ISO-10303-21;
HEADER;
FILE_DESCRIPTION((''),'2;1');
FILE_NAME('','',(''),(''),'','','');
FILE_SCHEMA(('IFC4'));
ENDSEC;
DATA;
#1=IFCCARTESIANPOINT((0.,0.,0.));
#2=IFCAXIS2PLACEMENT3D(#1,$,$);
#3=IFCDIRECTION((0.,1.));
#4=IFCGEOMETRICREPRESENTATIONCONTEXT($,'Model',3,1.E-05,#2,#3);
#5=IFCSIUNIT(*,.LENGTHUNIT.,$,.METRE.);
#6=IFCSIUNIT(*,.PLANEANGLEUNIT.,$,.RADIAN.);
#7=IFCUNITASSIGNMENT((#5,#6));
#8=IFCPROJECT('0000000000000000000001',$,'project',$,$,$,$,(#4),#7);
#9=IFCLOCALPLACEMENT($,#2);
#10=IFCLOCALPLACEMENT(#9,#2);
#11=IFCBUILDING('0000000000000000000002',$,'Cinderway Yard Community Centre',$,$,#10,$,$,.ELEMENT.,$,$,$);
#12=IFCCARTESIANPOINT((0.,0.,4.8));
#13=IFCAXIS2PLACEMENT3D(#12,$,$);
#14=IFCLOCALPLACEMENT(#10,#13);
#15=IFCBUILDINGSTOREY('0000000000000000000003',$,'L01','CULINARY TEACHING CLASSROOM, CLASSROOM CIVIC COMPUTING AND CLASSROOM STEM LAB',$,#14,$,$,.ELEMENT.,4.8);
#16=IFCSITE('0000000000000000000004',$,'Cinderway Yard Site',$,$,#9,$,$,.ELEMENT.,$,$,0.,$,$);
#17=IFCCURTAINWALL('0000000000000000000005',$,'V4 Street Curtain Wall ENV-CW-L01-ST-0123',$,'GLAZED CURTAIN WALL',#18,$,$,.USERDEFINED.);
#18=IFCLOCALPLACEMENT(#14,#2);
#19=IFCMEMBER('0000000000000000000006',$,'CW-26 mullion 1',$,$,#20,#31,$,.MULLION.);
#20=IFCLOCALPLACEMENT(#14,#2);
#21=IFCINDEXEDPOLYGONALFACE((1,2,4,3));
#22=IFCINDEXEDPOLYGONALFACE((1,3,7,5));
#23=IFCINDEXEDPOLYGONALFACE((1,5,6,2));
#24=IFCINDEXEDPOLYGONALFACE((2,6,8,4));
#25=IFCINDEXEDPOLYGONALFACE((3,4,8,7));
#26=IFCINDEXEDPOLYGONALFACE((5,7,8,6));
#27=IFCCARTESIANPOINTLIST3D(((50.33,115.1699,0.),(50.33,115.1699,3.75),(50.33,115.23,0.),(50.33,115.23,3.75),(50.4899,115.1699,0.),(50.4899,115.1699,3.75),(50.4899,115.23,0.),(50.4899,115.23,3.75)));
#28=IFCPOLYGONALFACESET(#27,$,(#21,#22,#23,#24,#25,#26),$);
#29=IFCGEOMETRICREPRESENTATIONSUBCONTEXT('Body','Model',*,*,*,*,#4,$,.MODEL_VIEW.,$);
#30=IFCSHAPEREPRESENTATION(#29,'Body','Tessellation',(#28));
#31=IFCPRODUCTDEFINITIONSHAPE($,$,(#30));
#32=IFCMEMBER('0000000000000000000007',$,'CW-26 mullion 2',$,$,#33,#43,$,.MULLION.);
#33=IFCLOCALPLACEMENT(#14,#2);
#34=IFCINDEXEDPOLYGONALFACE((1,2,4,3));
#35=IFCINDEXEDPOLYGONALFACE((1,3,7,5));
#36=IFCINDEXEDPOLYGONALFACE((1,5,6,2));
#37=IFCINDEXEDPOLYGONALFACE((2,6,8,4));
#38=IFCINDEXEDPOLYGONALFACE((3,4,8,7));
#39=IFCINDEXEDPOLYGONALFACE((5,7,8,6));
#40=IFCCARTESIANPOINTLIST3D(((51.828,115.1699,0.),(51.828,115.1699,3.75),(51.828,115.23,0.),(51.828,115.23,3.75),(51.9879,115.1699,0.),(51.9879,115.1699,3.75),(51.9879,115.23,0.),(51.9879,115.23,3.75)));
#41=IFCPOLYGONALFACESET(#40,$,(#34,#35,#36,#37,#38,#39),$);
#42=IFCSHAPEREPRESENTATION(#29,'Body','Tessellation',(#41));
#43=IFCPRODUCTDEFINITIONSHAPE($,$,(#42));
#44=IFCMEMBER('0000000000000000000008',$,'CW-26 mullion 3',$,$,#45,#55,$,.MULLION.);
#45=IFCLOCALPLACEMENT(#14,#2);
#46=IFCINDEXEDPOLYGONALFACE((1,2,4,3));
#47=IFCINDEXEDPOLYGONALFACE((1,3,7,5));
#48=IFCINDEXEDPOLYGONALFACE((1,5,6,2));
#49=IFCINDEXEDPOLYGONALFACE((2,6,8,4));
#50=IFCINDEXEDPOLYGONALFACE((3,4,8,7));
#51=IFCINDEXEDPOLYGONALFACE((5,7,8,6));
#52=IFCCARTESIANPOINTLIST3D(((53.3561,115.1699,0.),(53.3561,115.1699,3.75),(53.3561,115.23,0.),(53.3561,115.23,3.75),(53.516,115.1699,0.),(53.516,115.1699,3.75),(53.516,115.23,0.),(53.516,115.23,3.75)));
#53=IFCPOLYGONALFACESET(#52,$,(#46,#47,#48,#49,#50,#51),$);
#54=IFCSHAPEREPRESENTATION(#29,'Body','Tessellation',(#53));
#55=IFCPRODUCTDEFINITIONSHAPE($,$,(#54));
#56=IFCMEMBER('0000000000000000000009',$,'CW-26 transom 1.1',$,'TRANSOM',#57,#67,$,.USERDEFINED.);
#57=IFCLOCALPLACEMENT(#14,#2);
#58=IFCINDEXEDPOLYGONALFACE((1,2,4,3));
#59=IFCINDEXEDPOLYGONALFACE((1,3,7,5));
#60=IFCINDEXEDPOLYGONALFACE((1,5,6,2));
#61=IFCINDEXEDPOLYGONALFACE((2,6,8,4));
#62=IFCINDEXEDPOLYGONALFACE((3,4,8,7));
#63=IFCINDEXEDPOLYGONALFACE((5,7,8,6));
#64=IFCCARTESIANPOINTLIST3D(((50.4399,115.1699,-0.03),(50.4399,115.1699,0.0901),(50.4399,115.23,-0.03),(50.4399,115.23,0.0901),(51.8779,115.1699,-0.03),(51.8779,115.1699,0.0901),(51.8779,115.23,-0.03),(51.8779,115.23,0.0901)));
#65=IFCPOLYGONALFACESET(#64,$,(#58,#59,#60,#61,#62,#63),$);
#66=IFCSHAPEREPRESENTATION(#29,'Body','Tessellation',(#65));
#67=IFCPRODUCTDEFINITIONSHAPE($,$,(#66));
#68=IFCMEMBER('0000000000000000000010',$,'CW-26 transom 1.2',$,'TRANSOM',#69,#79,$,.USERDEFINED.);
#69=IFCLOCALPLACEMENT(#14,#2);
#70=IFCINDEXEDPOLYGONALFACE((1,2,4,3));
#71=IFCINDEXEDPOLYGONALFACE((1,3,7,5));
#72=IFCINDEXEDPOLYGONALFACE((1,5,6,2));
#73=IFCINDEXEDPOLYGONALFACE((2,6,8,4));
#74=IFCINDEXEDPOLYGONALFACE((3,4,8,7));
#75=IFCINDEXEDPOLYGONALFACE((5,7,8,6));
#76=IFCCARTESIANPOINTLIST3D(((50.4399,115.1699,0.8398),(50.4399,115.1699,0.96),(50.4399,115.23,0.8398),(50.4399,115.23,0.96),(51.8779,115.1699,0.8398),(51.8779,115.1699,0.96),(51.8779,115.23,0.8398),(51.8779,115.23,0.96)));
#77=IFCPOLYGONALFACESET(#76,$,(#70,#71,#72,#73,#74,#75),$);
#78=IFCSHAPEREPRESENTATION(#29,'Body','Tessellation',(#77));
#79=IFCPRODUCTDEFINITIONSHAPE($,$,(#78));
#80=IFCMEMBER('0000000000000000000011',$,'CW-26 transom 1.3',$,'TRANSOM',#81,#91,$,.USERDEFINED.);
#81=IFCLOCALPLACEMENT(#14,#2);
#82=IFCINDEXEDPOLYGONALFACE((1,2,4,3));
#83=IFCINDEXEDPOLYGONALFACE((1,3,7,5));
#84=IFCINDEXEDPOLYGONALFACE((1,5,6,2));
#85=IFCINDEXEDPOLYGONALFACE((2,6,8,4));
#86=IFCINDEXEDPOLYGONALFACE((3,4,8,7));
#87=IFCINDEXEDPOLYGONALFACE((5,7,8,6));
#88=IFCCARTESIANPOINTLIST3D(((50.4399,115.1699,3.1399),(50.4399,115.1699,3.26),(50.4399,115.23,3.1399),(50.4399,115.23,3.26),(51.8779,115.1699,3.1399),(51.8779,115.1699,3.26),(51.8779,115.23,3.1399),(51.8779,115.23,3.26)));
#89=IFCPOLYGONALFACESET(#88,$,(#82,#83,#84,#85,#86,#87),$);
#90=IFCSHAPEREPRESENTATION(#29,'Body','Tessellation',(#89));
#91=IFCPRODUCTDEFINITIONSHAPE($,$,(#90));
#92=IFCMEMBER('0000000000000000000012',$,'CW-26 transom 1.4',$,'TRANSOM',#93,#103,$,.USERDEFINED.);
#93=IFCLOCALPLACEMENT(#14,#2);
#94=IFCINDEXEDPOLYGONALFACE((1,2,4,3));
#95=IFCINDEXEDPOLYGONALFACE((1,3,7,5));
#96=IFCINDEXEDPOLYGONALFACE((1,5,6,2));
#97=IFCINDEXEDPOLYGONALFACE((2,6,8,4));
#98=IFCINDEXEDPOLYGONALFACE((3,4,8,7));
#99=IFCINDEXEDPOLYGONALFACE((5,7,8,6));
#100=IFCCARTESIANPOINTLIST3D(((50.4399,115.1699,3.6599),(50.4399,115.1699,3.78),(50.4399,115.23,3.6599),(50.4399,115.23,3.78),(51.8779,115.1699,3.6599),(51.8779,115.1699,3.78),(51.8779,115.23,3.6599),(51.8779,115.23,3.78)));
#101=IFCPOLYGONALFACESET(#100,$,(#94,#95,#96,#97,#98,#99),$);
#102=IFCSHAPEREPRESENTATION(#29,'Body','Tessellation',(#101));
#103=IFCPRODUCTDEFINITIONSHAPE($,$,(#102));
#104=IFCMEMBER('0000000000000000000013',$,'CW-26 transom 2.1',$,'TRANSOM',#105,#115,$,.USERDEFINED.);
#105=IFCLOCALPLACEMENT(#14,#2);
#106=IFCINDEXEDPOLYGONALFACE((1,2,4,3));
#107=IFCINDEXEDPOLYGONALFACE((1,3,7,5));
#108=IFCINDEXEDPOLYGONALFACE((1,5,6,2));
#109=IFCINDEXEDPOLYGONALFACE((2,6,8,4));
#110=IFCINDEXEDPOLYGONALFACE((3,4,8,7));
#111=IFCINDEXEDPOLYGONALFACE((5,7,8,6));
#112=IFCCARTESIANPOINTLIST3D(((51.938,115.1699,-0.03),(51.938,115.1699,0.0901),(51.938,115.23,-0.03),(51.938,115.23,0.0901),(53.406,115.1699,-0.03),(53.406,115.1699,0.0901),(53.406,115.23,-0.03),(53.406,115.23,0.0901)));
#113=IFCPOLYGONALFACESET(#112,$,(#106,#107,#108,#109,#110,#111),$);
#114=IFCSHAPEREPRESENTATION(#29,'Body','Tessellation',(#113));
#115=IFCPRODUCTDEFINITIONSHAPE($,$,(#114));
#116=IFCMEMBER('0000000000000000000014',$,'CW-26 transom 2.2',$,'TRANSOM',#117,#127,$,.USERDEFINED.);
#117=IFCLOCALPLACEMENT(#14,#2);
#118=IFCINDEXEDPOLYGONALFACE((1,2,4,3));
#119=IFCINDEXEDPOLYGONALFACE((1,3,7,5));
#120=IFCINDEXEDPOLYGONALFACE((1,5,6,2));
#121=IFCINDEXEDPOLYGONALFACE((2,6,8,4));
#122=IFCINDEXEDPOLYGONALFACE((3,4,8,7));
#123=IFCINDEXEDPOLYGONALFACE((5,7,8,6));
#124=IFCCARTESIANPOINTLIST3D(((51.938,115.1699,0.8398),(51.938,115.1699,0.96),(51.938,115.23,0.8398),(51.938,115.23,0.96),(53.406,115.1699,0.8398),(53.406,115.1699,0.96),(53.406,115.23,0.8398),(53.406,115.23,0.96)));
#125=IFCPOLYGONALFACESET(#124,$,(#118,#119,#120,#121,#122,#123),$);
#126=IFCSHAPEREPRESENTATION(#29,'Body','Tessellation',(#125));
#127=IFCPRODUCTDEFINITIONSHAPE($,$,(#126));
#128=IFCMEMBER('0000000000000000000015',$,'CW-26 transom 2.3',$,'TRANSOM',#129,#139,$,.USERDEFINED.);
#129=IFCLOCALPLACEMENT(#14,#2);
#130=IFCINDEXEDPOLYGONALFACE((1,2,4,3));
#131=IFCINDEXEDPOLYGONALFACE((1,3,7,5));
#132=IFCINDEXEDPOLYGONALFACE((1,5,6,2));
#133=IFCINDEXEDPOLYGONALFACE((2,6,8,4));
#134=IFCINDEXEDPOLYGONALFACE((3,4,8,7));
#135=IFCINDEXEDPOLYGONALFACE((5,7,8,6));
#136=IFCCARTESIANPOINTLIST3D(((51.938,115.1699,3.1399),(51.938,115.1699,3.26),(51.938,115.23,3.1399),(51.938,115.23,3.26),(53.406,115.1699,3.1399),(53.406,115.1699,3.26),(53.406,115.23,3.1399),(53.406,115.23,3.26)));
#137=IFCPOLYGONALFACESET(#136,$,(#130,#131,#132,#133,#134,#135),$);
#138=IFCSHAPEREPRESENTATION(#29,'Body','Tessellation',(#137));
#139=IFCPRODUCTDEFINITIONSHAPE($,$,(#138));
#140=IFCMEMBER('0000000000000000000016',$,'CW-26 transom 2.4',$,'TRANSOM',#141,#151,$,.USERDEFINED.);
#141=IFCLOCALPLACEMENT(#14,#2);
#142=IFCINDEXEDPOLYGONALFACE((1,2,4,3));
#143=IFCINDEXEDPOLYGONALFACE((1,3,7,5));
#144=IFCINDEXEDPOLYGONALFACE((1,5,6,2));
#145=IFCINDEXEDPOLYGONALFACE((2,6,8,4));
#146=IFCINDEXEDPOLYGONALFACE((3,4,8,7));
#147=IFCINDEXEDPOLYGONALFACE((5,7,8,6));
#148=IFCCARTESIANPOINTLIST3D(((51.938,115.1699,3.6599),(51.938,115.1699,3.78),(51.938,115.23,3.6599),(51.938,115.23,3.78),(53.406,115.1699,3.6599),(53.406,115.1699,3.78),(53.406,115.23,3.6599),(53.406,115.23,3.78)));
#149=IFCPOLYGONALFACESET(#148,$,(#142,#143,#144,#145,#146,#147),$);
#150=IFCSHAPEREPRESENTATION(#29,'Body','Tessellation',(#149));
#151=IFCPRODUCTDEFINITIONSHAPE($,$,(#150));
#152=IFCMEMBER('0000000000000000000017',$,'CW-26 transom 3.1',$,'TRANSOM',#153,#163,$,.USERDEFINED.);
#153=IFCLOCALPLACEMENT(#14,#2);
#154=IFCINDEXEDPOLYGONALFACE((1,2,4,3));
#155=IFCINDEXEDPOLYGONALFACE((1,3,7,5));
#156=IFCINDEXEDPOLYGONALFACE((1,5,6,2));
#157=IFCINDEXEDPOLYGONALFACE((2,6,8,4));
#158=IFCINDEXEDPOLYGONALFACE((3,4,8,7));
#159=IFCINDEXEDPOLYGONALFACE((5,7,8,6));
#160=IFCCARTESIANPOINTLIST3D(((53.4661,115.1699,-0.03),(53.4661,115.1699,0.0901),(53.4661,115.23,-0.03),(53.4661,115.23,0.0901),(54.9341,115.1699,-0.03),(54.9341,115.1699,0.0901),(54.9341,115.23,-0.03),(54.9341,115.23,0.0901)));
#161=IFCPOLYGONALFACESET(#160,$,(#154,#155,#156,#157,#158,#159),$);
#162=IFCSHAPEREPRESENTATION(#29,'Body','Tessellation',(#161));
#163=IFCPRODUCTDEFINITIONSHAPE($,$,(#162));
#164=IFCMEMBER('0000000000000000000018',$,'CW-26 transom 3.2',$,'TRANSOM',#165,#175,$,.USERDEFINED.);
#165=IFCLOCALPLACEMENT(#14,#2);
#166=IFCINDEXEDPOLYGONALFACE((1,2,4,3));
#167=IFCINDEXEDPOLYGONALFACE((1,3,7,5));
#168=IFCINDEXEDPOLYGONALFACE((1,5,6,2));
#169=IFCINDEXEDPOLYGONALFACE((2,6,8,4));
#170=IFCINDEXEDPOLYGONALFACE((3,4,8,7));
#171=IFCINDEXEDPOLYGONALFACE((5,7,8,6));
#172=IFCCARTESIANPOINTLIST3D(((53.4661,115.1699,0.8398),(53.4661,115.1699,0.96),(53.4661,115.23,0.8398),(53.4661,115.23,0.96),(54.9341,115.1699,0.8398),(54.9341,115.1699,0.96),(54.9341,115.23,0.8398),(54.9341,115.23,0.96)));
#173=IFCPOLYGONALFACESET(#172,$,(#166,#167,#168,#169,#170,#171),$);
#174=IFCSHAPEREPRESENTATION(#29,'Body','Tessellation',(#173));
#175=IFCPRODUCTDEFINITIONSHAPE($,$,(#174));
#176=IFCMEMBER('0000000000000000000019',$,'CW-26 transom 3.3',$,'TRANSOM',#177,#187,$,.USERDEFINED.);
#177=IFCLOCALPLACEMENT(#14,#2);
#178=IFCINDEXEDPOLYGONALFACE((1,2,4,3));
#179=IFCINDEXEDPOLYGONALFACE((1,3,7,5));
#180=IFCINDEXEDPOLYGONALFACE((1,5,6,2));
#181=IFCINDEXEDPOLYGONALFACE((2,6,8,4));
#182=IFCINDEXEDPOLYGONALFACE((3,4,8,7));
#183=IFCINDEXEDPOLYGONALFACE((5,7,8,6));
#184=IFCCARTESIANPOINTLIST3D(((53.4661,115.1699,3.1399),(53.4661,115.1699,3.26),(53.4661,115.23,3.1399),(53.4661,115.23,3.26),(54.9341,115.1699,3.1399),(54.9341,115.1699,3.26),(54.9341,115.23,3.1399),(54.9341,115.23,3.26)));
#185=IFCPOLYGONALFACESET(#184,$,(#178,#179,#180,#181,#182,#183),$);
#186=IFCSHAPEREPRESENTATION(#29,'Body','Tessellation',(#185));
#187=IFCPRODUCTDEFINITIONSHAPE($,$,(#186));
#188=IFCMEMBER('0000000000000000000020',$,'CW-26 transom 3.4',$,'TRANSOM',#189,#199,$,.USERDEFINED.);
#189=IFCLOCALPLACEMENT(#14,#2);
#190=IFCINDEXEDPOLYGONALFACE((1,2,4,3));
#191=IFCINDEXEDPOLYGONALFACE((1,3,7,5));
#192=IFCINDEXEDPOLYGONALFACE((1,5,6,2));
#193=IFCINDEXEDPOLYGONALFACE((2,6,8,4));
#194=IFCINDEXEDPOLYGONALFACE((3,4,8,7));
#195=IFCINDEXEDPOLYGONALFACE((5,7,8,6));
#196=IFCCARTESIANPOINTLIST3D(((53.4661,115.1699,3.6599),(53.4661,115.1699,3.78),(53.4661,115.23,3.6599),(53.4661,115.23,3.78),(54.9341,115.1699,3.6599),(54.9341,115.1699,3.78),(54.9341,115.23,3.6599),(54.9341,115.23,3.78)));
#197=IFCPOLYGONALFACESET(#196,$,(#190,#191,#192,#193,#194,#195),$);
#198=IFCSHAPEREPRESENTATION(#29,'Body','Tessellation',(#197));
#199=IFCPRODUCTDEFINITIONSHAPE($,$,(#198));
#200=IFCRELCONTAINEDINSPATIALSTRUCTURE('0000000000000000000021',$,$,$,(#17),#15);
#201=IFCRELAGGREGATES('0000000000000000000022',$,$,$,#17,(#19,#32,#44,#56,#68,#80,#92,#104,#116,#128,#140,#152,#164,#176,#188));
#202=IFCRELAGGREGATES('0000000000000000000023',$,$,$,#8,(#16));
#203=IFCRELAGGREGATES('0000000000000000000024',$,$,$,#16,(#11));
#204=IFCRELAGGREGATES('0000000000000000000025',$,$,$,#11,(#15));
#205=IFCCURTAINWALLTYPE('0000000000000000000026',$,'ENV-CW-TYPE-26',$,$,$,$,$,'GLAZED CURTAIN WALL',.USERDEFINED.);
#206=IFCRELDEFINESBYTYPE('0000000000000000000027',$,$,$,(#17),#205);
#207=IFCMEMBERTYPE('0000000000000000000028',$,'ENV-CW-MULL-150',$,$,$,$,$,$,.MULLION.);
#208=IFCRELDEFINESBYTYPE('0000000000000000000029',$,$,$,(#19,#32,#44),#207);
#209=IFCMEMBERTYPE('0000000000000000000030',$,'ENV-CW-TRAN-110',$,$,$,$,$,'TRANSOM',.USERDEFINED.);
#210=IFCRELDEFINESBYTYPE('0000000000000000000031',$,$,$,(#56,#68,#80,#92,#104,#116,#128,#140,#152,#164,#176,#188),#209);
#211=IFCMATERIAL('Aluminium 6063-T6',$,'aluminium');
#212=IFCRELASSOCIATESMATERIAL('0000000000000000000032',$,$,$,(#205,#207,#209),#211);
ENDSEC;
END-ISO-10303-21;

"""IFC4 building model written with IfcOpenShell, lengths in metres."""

from ifc_helpers import new_model, si_unit, direction, frame, origin, origin_2d, place, context, subcontext, project, spatial, rectangle, extrude, material, material_profile, profile_set, type_object, element, aggregate, save


model = new_model("IFC4")

# Units and contexts
model_context = context("Model", 3, precision=1e-05, world=origin(), true_north=direction((0.0, 1.0)))
body_context = subcontext(model_context, "Body", "Model", "MODEL_VIEW")
ifc_project = project(units=[si_unit("LENGTHUNIT", "METRE"), si_unit("PLANEANGLEUNIT", "RADIAN")], contexts=[model_context])

# Site, building, storey
site_placement = place(None, origin())
site = spatial("IfcSite", under=ifc_project, at=site_placement, Name="Cinderway Yard Site", CompositionType="ELEMENT", RefElevation=0.0)
building_placement = place(site_placement, origin())
building = spatial("IfcBuilding", under=site, at=building_placement, Name="Cinderway Yard Community Centre", CompositionType="ELEMENT")
storey_placement = place(building_placement, frame((0.0, 0.0, 4.8)))
storey = spatial("IfcBuildingStorey", under=building, at=storey_placement, Name="L01", Description="CULINARY TEACHING CLASSROOM, CLASSROOM CIVIC COMPUTING AND CLASSROOM STEM LAB", CompositionType="ELEMENT", Elevation=4.8)

# Curtain wall, members
ifc_material_1 = material(Name="Aluminium 6063-T6", Category="aluminium")
curtain_wall_type = type_object("IfcCurtainWallType", Name="ENV-CW-TYPE-26", ElementType="GLAZED CURTAIN WALL", PredefinedType="USERDEFINED", material=ifc_material_1)
curtain_wall_placement = place(storey_placement, origin())
curtain_wall = element("IfcCurtainWall", 1, at=curtain_wall_placement, inside=storey, type_object=curtain_wall_type, Name="V4 Street Curtain Wall ENV-CW-L01-ST-0123", ObjectType="GLAZED CURTAIN WALL", PredefinedType="USERDEFINED")
ifc_material_profile_1 = material_profile(ifc_material_1, rectangle(XDim=0.0601, YDim=0.1599, at=origin_2d()), Name="Aluminium 6063-T6")
ifc_profile_set_1 = profile_set([ifc_material_profile_1], Name="Aluminium 6063-T6")
member_type_1 = type_object("IfcMemberType", Name="ENV-CW-MULL-150", PredefinedType="MULLION", material=ifc_profile_set_1)
member_1_placement = place(storey_placement, frame((50.4099, 115.2, 0.0), z_axis=(0.0, 0.0, 1.0), x_axis=(0.0, 1.0, 0.0)))
member_1 = element("IfcMember", 2, at=member_1_placement, type_object=member_type_1, Name="CW-26 mullion 1", PredefinedType="MULLION", context=body_context, shape_type="SweptSolid", body=[
    extrude(rectangle(XDim=0.0601, YDim=0.1599, at=origin_2d()), origin(), (0.0, 0.0, 1.0), 3.75),
])
member_2_placement = place(storey_placement, frame((51.908, 115.2, 0.0), z_axis=(0.0, 0.0, 1.0), x_axis=(0.0, 1.0, 0.0)))
member_2 = element("IfcMember", 3, at=member_2_placement, type_object=member_type_1, Name="CW-26 mullion 2", PredefinedType="MULLION", context=body_context, shape_type="SweptSolid", body=[
    extrude(rectangle(XDim=0.0601, YDim=0.1599, at=origin_2d()), origin(), (0.0, 0.0, 1.0), 3.75),
])
member_3_placement = place(storey_placement, frame((53.436, 115.2, 0.0), z_axis=(0.0, 0.0, 1.0), x_axis=(0.0, 1.0, 0.0)))
member_3 = element("IfcMember", 4, at=member_3_placement, type_object=member_type_1, Name="CW-26 mullion 3", PredefinedType="MULLION", context=body_context, shape_type="SweptSolid", body=[
    extrude(rectangle(XDim=0.0601, YDim=0.1599, at=origin_2d()), origin(), (0.0, 0.0, 1.0), 3.75),
])
ifc_material_profile_2 = material_profile(ifc_material_1, rectangle(XDim=0.0601, YDim=0.1201, at=origin_2d()), Name="Aluminium 6063-T6")
ifc_profile_set_2 = profile_set([ifc_material_profile_2], Name="Aluminium 6063-T6")
member_type_2 = type_object("IfcMemberType", Name="ENV-CW-TRAN-110", ElementType="TRANSOM", PredefinedType="USERDEFINED", material=ifc_profile_set_2)
member_4_placement = place(storey_placement, frame((50.4399, 115.2, 0.03), z_axis=(1.0, 0.0, 0.0), x_axis=(0.0, 1.0, 0.0)))
member_4 = element("IfcMember", 5, at=member_4_placement, type_object=member_type_2, Name="CW-26 transom 1.1", ObjectType="TRANSOM", PredefinedType="USERDEFINED", context=body_context, shape_type="SweptSolid", body=[
    extrude(rectangle(XDim=0.0601, YDim=0.1201, at=origin_2d()), origin(), (0.0, 0.0, 1.0), 1.438),
])
member_5_placement = place(storey_placement, frame((50.4399, 115.2, 0.8999), z_axis=(1.0, 0.0, 0.0), x_axis=(0.0, 1.0, 0.0)))
member_5 = element("IfcMember", 6, at=member_5_placement, type_object=member_type_2, Name="CW-26 transom 1.2", ObjectType="TRANSOM", PredefinedType="USERDEFINED", context=body_context, shape_type="SweptSolid", body=[
    extrude(rectangle(XDim=0.0601, YDim=0.1201, at=origin_2d()), origin(), (0.0, 0.0, 1.0), 1.438),
])
member_6_placement = place(storey_placement, frame((50.4399, 115.2, 3.2), z_axis=(1.0, 0.0, 0.0), x_axis=(0.0, 1.0, 0.0)))
member_6 = element("IfcMember", 7, at=member_6_placement, type_object=member_type_2, Name="CW-26 transom 1.3", ObjectType="TRANSOM", PredefinedType="USERDEFINED", context=body_context, shape_type="SweptSolid", body=[
    extrude(rectangle(XDim=0.0601, YDim=0.1201, at=origin_2d()), origin(), (0.0, 0.0, 1.0), 1.438),
])
member_7_placement = place(storey_placement, frame((50.4399, 115.2, 3.72), z_axis=(1.0, 0.0, 0.0), x_axis=(0.0, 1.0, 0.0)))
member_7 = element("IfcMember", 8, at=member_7_placement, type_object=member_type_2, Name="CW-26 transom 1.4", ObjectType="TRANSOM", PredefinedType="USERDEFINED", context=body_context, shape_type="SweptSolid", body=[
    extrude(rectangle(XDim=0.0601, YDim=0.1201, at=origin_2d()), origin(), (0.0, 0.0, 1.0), 1.438),
])
member_8_placement = place(storey_placement, frame((51.938, 115.2, 0.03), z_axis=(1.0, 0.0, 0.0), x_axis=(0.0, 1.0, 0.0)))
member_8 = element("IfcMember", 9, at=member_8_placement, type_object=member_type_2, Name="CW-26 transom 2.1", ObjectType="TRANSOM", PredefinedType="USERDEFINED", context=body_context, shape_type="SweptSolid", body=[
    extrude(rectangle(XDim=0.0601, YDim=0.1201, at=origin_2d()), origin(), (0.0, 0.0, 1.0), 1.468),
])
member_9_placement = place(storey_placement, frame((51.938, 115.2, 0.8999), z_axis=(1.0, 0.0, 0.0), x_axis=(0.0, 1.0, 0.0)))
member_9 = element("IfcMember", 10, at=member_9_placement, type_object=member_type_2, Name="CW-26 transom 2.2", ObjectType="TRANSOM", PredefinedType="USERDEFINED", context=body_context, shape_type="SweptSolid", body=[
    extrude(rectangle(XDim=0.0601, YDim=0.1201, at=origin_2d()), origin(), (0.0, 0.0, 1.0), 1.468),
])
member_10_placement = place(storey_placement, frame((51.938, 115.2, 3.2), z_axis=(1.0, 0.0, 0.0), x_axis=(0.0, 1.0, 0.0)))
member_10 = element("IfcMember", 11, at=member_10_placement, type_object=member_type_2, Name="CW-26 transom 2.3", ObjectType="TRANSOM", PredefinedType="USERDEFINED", context=body_context, shape_type="SweptSolid", body=[
    extrude(rectangle(XDim=0.0601, YDim=0.1201, at=origin_2d()), origin(), (0.0, 0.0, 1.0), 1.468),
])
member_11_placement = place(storey_placement, frame((51.938, 115.2, 3.72), z_axis=(1.0, 0.0, 0.0), x_axis=(0.0, 1.0, 0.0)))
member_11 = element("IfcMember", 12, at=member_11_placement, type_object=member_type_2, Name="CW-26 transom 2.4", ObjectType="TRANSOM", PredefinedType="USERDEFINED", context=body_context, shape_type="SweptSolid", body=[
    extrude(rectangle(XDim=0.0601, YDim=0.1201, at=origin_2d()), origin(), (0.0, 0.0, 1.0), 1.468),
])
member_12_placement = place(storey_placement, frame((53.4661, 115.2, 0.03), z_axis=(1.0, 0.0, 0.0), x_axis=(0.0, 1.0, 0.0)))
member_12 = element("IfcMember", 13, at=member_12_placement, type_object=member_type_2, Name="CW-26 transom 3.1", ObjectType="TRANSOM", PredefinedType="USERDEFINED", context=body_context, shape_type="SweptSolid", body=[
    extrude(rectangle(XDim=0.0601, YDim=0.1201, at=origin_2d()), origin(), (0.0, 0.0, 1.0), 1.468),
])
member_13_placement = place(storey_placement, frame((53.4661, 115.2, 0.8999), z_axis=(1.0, 0.0, 0.0), x_axis=(0.0, 1.0, 0.0)))
member_13 = element("IfcMember", 14, at=member_13_placement, type_object=member_type_2, Name="CW-26 transom 3.2", ObjectType="TRANSOM", PredefinedType="USERDEFINED", context=body_context, shape_type="SweptSolid", body=[
    extrude(rectangle(XDim=0.0601, YDim=0.1201, at=origin_2d()), origin(), (0.0, 0.0, 1.0), 1.468),
])
member_14_placement = place(storey_placement, frame((53.4661, 115.2, 3.2), z_axis=(1.0, 0.0, 0.0), x_axis=(0.0, 1.0, 0.0)))
member_14 = element("IfcMember", 15, at=member_14_placement, type_object=member_type_2, Name="CW-26 transom 3.3", ObjectType="TRANSOM", PredefinedType="USERDEFINED", context=body_context, shape_type="SweptSolid", body=[
    extrude(rectangle(XDim=0.0601, YDim=0.1201, at=origin_2d()), origin(), (0.0, 0.0, 1.0), 1.468),
])
member_15_placement = place(storey_placement, frame((53.4661, 115.2, 3.72), z_axis=(1.0, 0.0, 0.0), x_axis=(0.0, 1.0, 0.0)))
member_15 = element("IfcMember", 16, at=member_15_placement, type_object=member_type_2, Name="CW-26 transom 3.4", ObjectType="TRANSOM", PredefinedType="USERDEFINED", context=body_context, shape_type="SweptSolid", body=[
    extrude(rectangle(XDim=0.0601, YDim=0.1201, at=origin_2d()), origin(), (0.0, 0.0, 1.0), 1.468),
])

aggregate(curtain_wall, [member_1, member_2, member_3, member_4, member_5, member_6, member_7, member_8, member_9, member_10, member_11, member_12, member_13, member_14, member_15])

save(model, "model.ifc")
